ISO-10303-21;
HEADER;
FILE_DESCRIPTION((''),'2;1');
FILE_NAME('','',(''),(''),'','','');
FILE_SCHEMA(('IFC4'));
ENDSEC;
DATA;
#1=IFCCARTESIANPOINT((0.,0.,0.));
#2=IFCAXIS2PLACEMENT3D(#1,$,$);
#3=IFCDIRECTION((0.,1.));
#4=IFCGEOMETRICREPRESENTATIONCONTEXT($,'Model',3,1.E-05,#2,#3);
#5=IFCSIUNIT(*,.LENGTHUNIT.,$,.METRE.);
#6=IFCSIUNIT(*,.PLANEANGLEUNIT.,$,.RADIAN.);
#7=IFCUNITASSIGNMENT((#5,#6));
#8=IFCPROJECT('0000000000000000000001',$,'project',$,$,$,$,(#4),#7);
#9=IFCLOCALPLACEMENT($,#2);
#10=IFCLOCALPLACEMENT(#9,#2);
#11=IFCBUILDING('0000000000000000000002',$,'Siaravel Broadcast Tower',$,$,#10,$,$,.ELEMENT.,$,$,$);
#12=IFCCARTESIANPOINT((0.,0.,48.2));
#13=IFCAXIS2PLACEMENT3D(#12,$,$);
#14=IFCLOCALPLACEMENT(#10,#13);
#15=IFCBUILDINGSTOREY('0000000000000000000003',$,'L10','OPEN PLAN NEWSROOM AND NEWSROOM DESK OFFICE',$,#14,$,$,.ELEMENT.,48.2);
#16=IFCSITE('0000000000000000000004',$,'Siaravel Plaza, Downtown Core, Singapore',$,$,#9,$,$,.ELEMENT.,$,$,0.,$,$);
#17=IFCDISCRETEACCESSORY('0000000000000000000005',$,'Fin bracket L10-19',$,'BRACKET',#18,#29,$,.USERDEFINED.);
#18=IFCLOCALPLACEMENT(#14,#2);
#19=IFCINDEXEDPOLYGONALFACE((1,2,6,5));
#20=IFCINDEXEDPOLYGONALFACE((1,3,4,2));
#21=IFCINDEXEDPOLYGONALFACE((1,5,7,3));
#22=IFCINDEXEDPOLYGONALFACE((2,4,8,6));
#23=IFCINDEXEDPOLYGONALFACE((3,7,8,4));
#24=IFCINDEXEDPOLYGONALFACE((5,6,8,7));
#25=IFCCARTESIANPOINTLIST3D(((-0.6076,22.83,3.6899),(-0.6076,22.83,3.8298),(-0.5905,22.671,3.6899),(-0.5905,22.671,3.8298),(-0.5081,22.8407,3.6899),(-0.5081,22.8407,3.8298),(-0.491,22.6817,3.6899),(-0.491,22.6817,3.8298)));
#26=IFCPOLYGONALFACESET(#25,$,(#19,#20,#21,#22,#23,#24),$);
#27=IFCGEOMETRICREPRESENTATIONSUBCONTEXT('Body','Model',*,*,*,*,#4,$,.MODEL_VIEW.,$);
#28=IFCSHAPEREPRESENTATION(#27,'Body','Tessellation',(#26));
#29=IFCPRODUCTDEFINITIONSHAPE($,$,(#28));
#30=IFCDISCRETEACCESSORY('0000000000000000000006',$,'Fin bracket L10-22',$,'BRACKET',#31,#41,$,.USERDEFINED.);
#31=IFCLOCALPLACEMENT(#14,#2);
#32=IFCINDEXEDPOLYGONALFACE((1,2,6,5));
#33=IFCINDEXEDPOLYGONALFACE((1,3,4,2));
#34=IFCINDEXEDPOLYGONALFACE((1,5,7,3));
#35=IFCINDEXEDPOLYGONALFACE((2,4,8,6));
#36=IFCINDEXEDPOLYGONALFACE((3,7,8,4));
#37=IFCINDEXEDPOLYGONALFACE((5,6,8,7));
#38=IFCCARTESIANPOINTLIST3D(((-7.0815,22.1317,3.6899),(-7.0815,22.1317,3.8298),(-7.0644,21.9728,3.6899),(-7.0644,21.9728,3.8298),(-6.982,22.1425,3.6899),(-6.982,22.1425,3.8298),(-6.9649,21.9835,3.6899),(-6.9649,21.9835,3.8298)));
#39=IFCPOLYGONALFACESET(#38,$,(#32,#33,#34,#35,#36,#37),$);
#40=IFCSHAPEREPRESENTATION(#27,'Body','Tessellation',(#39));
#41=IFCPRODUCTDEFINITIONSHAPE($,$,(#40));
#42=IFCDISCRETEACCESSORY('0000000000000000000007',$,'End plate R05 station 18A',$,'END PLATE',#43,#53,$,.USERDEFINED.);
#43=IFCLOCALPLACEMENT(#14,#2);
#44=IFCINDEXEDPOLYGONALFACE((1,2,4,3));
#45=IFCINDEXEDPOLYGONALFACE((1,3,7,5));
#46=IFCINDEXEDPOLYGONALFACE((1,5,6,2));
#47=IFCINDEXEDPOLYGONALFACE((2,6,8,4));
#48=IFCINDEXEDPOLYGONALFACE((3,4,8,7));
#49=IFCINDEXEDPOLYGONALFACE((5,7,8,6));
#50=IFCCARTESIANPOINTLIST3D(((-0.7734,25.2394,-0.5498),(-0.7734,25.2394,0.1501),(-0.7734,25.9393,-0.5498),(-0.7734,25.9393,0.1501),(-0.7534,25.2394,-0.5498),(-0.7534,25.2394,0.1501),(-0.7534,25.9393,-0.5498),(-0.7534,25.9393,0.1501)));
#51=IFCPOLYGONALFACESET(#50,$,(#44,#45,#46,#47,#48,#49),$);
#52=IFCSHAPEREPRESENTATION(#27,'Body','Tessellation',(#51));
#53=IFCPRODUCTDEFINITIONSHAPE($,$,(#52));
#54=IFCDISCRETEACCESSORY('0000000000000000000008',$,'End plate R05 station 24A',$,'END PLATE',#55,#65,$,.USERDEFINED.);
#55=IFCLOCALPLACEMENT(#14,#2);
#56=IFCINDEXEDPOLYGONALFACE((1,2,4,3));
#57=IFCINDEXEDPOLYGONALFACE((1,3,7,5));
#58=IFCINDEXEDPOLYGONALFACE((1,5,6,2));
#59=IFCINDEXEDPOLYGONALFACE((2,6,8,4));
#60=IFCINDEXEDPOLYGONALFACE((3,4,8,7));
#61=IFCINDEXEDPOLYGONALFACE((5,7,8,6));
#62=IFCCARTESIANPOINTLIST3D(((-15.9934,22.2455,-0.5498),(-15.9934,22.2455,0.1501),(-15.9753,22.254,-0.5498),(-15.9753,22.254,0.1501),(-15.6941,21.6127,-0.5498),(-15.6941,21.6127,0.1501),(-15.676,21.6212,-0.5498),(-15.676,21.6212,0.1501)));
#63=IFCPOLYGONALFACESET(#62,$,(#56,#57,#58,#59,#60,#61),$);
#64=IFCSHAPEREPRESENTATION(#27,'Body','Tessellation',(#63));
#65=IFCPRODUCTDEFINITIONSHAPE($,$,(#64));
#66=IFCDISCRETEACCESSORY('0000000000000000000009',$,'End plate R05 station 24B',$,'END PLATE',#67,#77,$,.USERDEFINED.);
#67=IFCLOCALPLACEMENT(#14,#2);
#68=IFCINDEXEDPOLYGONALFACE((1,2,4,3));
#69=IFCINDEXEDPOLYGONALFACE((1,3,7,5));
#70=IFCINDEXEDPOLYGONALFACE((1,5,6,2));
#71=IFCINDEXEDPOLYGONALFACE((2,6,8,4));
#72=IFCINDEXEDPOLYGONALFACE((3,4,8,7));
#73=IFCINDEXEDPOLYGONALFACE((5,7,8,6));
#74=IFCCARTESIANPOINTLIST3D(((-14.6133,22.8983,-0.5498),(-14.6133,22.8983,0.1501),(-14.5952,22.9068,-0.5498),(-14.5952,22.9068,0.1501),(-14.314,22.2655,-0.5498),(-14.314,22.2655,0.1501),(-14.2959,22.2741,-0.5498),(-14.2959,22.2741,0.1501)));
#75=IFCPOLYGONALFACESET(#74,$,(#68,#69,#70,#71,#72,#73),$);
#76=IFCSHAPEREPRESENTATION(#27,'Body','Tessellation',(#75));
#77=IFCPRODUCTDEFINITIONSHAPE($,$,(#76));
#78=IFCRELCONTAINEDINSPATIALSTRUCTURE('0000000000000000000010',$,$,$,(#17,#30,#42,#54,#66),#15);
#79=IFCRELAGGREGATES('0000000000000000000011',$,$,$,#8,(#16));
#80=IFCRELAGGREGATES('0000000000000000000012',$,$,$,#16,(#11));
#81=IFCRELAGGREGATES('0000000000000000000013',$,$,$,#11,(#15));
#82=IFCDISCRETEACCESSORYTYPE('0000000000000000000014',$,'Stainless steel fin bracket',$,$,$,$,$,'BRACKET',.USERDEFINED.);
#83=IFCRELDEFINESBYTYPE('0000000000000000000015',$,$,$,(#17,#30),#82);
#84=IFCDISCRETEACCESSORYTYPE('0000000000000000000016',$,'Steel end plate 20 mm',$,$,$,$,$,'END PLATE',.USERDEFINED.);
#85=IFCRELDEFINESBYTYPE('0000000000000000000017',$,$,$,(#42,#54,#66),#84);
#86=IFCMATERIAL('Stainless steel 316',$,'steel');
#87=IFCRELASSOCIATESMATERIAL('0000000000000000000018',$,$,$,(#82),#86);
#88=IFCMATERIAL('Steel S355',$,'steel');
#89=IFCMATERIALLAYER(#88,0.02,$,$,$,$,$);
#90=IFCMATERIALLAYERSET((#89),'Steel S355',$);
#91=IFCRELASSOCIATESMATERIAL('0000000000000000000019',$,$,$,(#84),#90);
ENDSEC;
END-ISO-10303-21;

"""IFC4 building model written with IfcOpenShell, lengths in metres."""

from ifc_helpers import new_model, si_unit, direction, frame, origin, origin_2d, place, context, subcontext, project, spatial, rectangle, extrude, material, layer, layer_set, type_object, element, save


model = new_model("IFC4")

# Units and contexts
model_context = context("Model", 3, precision=1e-05, world=origin(), true_north=direction((0.0, 1.0)))
body_context = subcontext(model_context, "Body", "Model", "MODEL_VIEW")
ifc_project = project(units=[si_unit("LENGTHUNIT", "METRE"), si_unit("PLANEANGLEUNIT", "RADIAN")], contexts=[model_context])

# Site, building, storey
site_placement = place(None, origin())
site = spatial("IfcSite", under=ifc_project, at=site_placement, Name="Siaravel Plaza, Downtown Core, Singapore", CompositionType="ELEMENT", RefElevation=0.0)
building_placement = place(site_placement, origin())
building = spatial("IfcBuilding", under=site, at=building_placement, Name="Siaravel Broadcast Tower", CompositionType="ELEMENT")
storey_placement = place(building_placement, frame((0.0, 0.0, 48.2)))
storey = spatial("IfcBuildingStorey", under=building, at=storey_placement, Name="L10", Description="OPEN PLAN NEWSROOM AND NEWSROOM DESK OFFICE", CompositionType="ELEMENT", Elevation=48.2)

# Shared definitions
ifc_material_1 = material(Name="Steel S355", Category="steel")

# Discrete accessories
ifc_material_2 = material(Name="Stainless steel 316", Category="steel")
discrete_accessory_type_1 = type_object("IfcDiscreteAccessoryType", Name="Stainless steel fin bracket", ElementType="BRACKET", PredefinedType="USERDEFINED", material=ifc_material_2)
for number, where, z_axis, x_axis, name in (
    (1, (-0.5493, 22.7559, 3.6899), (0.0, 0.0, 1.0), (-0.107217, 0.994236, 0.0), "Fin bracket L10-19"),
    (2, (-7.0232, 22.0576, 3.6899), (0.0, 0.0, 1.0), (-0.107217, 0.994236, 0.0), "Fin bracket L10-22"),
):
    element("IfcDiscreteAccessory", number, at=place(storey_placement, frame(where, z_axis=z_axis, x_axis=x_axis)), inside=storey, type_object=discrete_accessory_type_1, Name=name, ObjectType="BRACKET", PredefinedType="USERDEFINED", context=body_context, shape_type="SweptSolid", body=[
        extrude(rectangle(XDim=0.1599, YDim=0.1001, at=origin_2d()), origin(), (0.0, 0.0, 1.0), 0.1399),
    ])
ifc_layer_1 = layer(ifc_material_1, 0.02)
ifc_layer_set_1 = layer_set([ifc_layer_1], Name="Steel S355")
discrete_accessory_type_2 = type_object("IfcDiscreteAccessoryType", Name="Steel end plate 20 mm", ElementType="END PLATE", PredefinedType="USERDEFINED", material=ifc_layer_set_1)
for number, where, z_axis, x_axis, name in (
    (3, (-0.7634, 25.5894, -0.5498), (0.0, 0.0, 1.0), (-1.0, 0.0, 0.0), "End plate R05 station 18A"),
    (4, (-15.8347, 21.9333, -0.5498), (0.0, 0.0, 1.0), (-0.904006, -0.427519, 0.0), "End plate R05 station 24A"),
    (5, (-14.4546, 22.5862, -0.5498), (0.0, 0.0, 1.0), (-0.904006, -0.427519, 0.0), "End plate R05 station 24B"),
):
    element("IfcDiscreteAccessory", number, at=place(storey_placement, frame(where, z_axis=z_axis, x_axis=x_axis)), inside=storey, type_object=discrete_accessory_type_2, Name=name, ObjectType="END PLATE", PredefinedType="USERDEFINED", context=body_context, shape_type="SweptSolid", body=[
        extrude(rectangle(XDim=0.02, YDim=0.7, at=origin_2d()), origin(), (0.0, 0.0, 1.0), 0.7),
    ])

save(model, "model.ifc")
